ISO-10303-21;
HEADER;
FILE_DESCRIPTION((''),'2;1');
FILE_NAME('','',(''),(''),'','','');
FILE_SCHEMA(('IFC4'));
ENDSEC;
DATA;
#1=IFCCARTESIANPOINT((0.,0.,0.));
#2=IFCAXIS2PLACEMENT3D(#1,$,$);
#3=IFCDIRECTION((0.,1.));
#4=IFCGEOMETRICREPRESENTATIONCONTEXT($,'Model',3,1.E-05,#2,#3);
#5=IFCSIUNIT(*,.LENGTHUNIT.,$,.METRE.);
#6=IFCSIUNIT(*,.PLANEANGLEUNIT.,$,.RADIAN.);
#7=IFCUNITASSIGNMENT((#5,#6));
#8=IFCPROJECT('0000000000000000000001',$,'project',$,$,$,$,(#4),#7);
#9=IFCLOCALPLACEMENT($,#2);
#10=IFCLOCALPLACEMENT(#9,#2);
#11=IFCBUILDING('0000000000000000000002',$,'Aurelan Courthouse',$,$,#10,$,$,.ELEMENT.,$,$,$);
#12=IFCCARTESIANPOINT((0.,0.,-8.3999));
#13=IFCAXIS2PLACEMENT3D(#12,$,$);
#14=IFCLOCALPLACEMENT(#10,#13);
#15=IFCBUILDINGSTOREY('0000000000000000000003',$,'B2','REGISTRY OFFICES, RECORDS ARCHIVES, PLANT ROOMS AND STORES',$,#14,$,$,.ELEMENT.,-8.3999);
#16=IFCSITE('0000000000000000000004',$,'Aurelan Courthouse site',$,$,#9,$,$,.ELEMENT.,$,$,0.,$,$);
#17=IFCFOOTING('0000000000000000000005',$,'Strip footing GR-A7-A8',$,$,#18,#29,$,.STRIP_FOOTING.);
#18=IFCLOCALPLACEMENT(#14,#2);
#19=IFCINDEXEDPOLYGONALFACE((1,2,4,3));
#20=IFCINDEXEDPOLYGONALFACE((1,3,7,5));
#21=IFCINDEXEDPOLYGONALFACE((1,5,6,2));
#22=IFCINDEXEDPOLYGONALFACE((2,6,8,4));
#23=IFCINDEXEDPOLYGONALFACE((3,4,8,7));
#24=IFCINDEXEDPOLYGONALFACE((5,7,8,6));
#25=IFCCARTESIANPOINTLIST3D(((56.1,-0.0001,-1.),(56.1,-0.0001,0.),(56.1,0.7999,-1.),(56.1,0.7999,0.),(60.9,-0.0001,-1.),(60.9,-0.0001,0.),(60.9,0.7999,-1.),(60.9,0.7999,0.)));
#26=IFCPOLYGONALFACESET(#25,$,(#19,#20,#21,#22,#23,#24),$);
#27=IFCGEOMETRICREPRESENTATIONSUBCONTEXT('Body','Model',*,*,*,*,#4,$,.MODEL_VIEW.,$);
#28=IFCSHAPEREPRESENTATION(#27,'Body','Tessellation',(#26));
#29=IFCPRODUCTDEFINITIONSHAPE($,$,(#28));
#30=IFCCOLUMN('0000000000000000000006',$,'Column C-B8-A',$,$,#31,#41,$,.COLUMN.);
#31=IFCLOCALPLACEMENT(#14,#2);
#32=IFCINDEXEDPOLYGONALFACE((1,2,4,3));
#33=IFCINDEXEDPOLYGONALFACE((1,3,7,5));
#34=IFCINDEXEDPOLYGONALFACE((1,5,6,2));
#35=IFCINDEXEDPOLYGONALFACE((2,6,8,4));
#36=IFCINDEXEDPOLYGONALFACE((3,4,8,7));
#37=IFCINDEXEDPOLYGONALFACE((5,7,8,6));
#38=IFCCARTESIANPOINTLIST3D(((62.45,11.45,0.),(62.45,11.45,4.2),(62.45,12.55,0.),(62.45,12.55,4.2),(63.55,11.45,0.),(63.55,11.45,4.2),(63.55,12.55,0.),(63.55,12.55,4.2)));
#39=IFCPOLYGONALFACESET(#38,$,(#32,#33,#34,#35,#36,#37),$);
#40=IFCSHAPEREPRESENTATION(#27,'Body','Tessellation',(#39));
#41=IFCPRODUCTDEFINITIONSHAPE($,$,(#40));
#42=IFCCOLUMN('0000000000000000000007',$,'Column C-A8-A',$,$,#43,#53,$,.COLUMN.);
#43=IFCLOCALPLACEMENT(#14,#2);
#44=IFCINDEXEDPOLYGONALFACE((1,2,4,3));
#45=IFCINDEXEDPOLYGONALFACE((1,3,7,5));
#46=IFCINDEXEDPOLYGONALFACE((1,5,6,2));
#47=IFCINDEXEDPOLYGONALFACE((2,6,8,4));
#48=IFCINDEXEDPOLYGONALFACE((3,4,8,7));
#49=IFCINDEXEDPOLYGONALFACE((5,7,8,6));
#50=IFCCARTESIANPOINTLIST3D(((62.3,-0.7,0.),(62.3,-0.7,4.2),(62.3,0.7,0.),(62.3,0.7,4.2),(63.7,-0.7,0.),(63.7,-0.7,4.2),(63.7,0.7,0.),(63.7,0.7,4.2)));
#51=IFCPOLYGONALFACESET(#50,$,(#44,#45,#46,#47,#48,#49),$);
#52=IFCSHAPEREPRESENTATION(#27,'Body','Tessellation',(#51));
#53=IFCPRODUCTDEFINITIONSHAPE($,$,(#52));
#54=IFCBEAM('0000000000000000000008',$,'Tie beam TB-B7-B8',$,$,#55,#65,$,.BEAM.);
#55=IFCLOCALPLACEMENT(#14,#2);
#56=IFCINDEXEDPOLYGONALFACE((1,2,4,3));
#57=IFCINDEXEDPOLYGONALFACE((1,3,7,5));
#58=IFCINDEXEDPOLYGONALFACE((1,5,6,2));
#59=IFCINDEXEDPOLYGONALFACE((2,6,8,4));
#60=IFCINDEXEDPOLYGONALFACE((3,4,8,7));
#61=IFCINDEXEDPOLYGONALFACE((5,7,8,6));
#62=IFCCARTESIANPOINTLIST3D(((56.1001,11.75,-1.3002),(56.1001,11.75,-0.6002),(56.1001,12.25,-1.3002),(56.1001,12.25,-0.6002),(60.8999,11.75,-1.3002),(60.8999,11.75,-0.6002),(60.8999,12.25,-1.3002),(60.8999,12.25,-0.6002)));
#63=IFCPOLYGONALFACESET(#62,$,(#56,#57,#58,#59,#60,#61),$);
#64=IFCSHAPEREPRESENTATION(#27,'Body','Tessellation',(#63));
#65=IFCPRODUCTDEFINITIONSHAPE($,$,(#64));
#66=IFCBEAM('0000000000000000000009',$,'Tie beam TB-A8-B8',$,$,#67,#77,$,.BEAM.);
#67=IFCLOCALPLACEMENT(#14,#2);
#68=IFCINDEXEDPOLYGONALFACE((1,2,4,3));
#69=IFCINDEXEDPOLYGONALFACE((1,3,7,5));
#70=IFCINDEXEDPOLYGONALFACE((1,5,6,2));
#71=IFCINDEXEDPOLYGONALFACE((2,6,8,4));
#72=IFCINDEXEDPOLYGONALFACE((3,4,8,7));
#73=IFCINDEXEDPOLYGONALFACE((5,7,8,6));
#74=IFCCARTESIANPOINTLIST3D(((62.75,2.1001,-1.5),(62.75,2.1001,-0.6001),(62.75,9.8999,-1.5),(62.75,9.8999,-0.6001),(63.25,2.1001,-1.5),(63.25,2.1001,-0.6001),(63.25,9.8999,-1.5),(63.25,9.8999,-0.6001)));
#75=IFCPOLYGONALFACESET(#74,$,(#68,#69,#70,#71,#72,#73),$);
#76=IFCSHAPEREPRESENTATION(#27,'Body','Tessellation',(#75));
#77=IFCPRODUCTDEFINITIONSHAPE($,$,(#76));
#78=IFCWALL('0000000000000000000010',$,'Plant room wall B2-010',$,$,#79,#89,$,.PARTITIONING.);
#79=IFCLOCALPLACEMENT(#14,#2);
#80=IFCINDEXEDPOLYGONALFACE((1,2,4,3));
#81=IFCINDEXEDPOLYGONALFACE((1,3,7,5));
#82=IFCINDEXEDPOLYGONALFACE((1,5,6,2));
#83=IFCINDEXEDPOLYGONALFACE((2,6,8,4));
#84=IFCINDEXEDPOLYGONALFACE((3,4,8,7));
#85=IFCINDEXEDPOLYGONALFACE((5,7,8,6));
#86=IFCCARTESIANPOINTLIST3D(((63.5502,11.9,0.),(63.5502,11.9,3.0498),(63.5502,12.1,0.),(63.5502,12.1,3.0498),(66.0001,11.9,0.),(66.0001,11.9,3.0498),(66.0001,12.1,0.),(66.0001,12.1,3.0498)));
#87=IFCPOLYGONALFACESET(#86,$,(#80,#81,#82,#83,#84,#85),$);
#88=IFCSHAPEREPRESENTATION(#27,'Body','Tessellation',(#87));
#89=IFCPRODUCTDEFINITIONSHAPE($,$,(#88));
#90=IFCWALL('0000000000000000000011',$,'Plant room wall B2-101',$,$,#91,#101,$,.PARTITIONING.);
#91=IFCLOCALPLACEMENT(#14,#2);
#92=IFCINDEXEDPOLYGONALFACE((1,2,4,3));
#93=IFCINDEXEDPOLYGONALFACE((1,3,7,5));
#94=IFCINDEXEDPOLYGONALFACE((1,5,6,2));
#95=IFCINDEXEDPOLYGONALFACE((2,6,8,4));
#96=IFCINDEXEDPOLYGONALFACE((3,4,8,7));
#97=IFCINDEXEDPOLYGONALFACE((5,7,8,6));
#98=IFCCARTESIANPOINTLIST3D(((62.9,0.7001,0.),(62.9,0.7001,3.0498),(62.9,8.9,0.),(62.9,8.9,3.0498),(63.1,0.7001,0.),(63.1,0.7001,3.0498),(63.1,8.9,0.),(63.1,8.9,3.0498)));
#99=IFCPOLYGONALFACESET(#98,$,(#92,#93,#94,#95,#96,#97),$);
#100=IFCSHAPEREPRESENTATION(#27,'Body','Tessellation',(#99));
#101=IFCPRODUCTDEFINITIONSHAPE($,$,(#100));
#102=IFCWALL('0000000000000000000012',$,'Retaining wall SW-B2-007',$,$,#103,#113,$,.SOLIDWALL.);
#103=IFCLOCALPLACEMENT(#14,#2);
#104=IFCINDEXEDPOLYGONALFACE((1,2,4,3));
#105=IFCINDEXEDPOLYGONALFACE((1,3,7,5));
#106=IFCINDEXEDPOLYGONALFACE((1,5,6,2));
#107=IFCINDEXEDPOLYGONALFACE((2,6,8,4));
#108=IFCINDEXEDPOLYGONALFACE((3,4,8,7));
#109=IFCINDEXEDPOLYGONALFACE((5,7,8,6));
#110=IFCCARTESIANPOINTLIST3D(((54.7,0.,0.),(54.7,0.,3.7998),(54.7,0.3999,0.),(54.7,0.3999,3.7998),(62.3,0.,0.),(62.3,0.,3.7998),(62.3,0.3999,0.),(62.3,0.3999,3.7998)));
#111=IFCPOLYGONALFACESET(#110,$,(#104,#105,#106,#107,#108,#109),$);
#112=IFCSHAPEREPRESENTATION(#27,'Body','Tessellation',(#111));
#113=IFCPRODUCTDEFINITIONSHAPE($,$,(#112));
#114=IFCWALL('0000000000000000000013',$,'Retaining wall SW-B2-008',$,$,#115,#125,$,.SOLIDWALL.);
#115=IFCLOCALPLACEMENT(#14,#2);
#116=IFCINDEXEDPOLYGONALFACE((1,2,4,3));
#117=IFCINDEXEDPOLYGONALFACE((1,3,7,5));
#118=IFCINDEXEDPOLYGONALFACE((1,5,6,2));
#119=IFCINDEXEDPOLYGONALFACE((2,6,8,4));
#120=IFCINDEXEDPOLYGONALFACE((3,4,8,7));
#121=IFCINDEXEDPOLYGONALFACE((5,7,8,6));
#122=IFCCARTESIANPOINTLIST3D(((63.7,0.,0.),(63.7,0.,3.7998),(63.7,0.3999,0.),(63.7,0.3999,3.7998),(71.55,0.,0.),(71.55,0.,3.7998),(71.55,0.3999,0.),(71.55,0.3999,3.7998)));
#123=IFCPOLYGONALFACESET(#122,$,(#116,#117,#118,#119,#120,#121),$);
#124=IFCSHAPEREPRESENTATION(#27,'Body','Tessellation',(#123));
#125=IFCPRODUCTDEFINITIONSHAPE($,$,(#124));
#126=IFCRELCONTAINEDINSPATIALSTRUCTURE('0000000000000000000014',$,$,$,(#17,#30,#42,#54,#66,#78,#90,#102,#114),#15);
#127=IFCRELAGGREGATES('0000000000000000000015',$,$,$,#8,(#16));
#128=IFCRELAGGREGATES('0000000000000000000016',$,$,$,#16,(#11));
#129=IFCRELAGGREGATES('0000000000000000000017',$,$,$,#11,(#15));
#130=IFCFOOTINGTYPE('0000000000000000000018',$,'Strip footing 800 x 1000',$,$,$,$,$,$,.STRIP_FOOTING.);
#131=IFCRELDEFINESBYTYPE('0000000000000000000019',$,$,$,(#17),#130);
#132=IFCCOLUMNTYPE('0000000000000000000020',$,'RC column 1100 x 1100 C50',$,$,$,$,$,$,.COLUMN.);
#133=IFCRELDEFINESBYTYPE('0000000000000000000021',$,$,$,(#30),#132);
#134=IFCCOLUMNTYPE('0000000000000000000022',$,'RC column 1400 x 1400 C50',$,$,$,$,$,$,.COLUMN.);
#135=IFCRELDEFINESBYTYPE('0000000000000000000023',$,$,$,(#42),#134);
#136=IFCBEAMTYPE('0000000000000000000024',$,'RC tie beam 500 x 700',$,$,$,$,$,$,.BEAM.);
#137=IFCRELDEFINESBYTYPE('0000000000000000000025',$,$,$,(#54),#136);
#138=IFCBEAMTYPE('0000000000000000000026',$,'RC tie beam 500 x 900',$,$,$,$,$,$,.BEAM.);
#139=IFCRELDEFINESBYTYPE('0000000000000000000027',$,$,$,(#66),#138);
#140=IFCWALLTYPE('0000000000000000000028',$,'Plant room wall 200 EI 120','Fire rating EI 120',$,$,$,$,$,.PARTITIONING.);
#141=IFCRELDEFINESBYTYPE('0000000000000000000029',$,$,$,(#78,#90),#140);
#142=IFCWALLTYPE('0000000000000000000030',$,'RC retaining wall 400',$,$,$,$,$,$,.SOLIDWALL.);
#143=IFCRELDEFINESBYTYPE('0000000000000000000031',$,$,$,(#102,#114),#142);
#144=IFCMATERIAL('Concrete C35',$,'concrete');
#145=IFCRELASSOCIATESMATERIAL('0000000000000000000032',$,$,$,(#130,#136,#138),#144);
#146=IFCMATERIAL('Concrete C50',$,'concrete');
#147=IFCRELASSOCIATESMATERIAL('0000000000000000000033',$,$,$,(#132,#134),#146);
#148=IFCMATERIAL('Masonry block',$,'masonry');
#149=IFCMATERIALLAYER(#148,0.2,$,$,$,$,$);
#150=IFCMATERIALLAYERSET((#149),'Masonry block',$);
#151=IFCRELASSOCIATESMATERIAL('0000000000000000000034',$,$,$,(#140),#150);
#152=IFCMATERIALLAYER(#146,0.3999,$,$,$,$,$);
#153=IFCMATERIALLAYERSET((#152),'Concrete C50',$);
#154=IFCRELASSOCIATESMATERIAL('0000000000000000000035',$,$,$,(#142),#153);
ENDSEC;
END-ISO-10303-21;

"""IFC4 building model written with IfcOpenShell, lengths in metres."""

from ifc_helpers import new_model, si_unit, direction, frame, frame_2d, origin, origin_2d, place, context, subcontext, project, spatial, rectangle, extrude, material, layer, layer_set, material_profile, profile_set, type_object, element, save


model = new_model("IFC4")

# Units and contexts
model_context = context("Model", 3, precision=1e-05, world=origin(), true_north=direction((0.0, 1.0)))
body_context = subcontext(model_context, "Body", "Model", "MODEL_VIEW")
ifc_project = project(units=[si_unit("LENGTHUNIT", "METRE"), si_unit("PLANEANGLEUNIT", "RADIAN")], contexts=[model_context])

# Site, building, storey
site_placement = place(None, origin())
site = spatial("IfcSite", under=ifc_project, at=site_placement, Name="Aurelan Courthouse site", CompositionType="ELEMENT", RefElevation=0.0)
building_placement = place(site_placement, origin())
building = spatial("IfcBuilding", under=site, at=building_placement, Name="Aurelan Courthouse", CompositionType="ELEMENT")
storey_placement = place(building_placement, frame((0.0, 0.0, -8.3999)))
storey = spatial("IfcBuildingStorey", under=building, at=storey_placement, Name="B2", Description="REGISTRY OFFICES, RECORDS ARCHIVES, PLANT ROOMS AND STORES", CompositionType="ELEMENT", Elevation=-8.3999)

# Shared definitions
ifc_material_1 = material(Name="Concrete C35", Category="concrete")

# Footing
footing_type_1 = type_object("IfcFootingType", Name="Strip footing 800 x 1000", PredefinedType="STRIP_FOOTING", material=ifc_material_1)
footing_placement = place(storey_placement, frame((58.5, 0.3999, -1.0), z_axis=(0.0, 0.0, 1.0), x_axis=(1.0, 0.0, 0.0)))
element("IfcFooting", 1, at=footing_placement, inside=storey, type_object=footing_type_1, Name="Strip footing GR-A7-A8", PredefinedType="STRIP_FOOTING", context=body_context, shape_type="SweptSolid", body=[
    extrude(rectangle(XDim=4.8, YDim=0.8, at=origin_2d()), origin(), (0.0, 0.0, 1.0), 1.0),
])

# Columns
ifc_material_2 = material(Name="Concrete C50", Category="concrete")
ifc_material_profile_1 = material_profile(ifc_material_2, rectangle(XDim=1.1001, YDim=1.1001, at=origin_2d()), Name="RC 1100 x 1100")
ifc_profile_set_1 = profile_set([ifc_material_profile_1], Name="Concrete C50")
column_type_1 = type_object("IfcColumnType", Name="RC column 1100 x 1100 C50", PredefinedType="COLUMN", material=ifc_profile_set_1)
column_1_placement = place(storey_placement, frame((63.0, 12.0, 0.0), z_axis=(0.0, 0.0, 1.0), x_axis=(1.0, 0.0, 0.0)))
element("IfcColumn", 2, at=column_1_placement, inside=storey, type_object=column_type_1, Name="Column C-B8-A", PredefinedType="COLUMN", context=body_context, shape_type="SweptSolid", body=[
    extrude(rectangle(XDim=1.1001, YDim=1.1001, at=origin_2d()), origin(), (0.0, 0.0, 1.0), 4.2),
])
ifc_material_profile_2 = material_profile(ifc_material_2, rectangle(XDim=1.3999, YDim=1.3999, at=origin_2d()), Name="RC 1400 x 1400")
ifc_profile_set_2 = profile_set([ifc_material_profile_2], Name="Concrete C50")
column_type_2 = type_object("IfcColumnType", Name="RC column 1400 x 1400 C50", PredefinedType="COLUMN", material=ifc_profile_set_2)
column_2_placement = place(storey_placement, frame((63.0, 0.0, 0.0), z_axis=(0.0, 0.0, 1.0), x_axis=(1.0, 0.0, 0.0)))
element("IfcColumn", 3, at=column_2_placement, inside=storey, type_object=column_type_2, Name="Column C-A8-A", PredefinedType="COLUMN", context=body_context, shape_type="SweptSolid", body=[
    extrude(rectangle(XDim=1.3999, YDim=1.3999, at=origin_2d()), origin(), (0.0, 0.0, 1.0), 4.2),
])

# Beams
ifc_material_profile_3 = material_profile(ifc_material_1, rectangle(XDim=0.5, YDim=0.7, at=origin_2d()), Name="RC 500 x 700")
ifc_profile_set_3 = profile_set([ifc_material_profile_3], Name="Concrete C35")
beam_type_1 = type_object("IfcBeamType", Name="RC tie beam 500 x 700", PredefinedType="BEAM", material=ifc_profile_set_3)
beam_1_placement = place(storey_placement, frame((56.1001, 12.0, -0.9502), z_axis=(1.0, 0.0, 0.0), x_axis=(0.0, 1.0, 0.0)))
element("IfcBeam", 4, at=beam_1_placement, inside=storey, type_object=beam_type_1, Name="Tie beam TB-B7-B8", PredefinedType="BEAM", context=body_context, shape_type="SweptSolid", body=[
    extrude(rectangle(XDim=0.5, YDim=0.7, at=origin_2d()), origin(), (0.0, 0.0, 1.0), 4.7998),
])
ifc_material_profile_4 = material_profile(ifc_material_1, rectangle(XDim=0.5, YDim=0.8999, at=origin_2d()), Name="RC 500 x 900")
ifc_profile_set_4 = profile_set([ifc_material_profile_4], Name="Concrete C35")
beam_type_2 = type_object("IfcBeamType", Name="RC tie beam 500 x 900", PredefinedType="BEAM", material=ifc_profile_set_4)
beam_2_placement = place(storey_placement, frame((63.0, 2.1001, -1.05), z_axis=(0.0, 1.0, 0.0), x_axis=(-1.0, 0.0, 0.0)))
element("IfcBeam", 5, at=beam_2_placement, inside=storey, type_object=beam_type_2, Name="Tie beam TB-A8-B8", PredefinedType="BEAM", context=body_context, shape_type="SweptSolid", body=[
    extrude(rectangle(XDim=0.5, YDim=0.8999, at=origin_2d()), origin(), (0.0, 0.0, 1.0), 7.7998),
])

# Shared definitions
ifc_material_3 = material(Name="Masonry block", Category="masonry")
ifc_layer_1 = layer(ifc_material_3, 0.2)
ifc_layer_set_1 = layer_set([ifc_layer_1], Name="Masonry block")
wall_type_1 = type_object("IfcWallType", Name="Plant room wall 200 EI 120", Description="Fire rating EI 120", PredefinedType="PARTITIONING", material=ifc_layer_set_1)

# Walls
wall_1_placement = place(storey_placement, frame((63.55, 12.0, 0.0), z_axis=(0.0, 0.0, 1.0), x_axis=(1.0, 0.0, 0.0)))
element("IfcWall", 6, at=wall_1_placement, inside=storey, type_object=wall_type_1, Name="Plant room wall B2-010", PredefinedType="PARTITIONING", context=body_context, shape_type="SweptSolid", body=[
    extrude(rectangle(XDim=2.45, YDim=0.2, at=frame_2d((1.2251, 0.0))), origin(), (0.0, 0.0, 1.0), 3.0498),
])
wall_2_placement = place(storey_placement, frame((63.0, 0.7, 0.0), z_axis=(0.0, 0.0, 1.0), x_axis=(0.0, 1.0, 0.0)))
element("IfcWall", 7, at=wall_2_placement, inside=storey, type_object=wall_type_1, Name="Plant room wall B2-101", PredefinedType="PARTITIONING", context=body_context, shape_type="SweptSolid", body=[
    extrude(rectangle(XDim=8.2, YDim=0.2, at=frame_2d((4.1001, 0.0))), origin(), (0.0, 0.0, 1.0), 3.0498),
])
ifc_layer_2 = layer(ifc_material_2, 0.3999)
ifc_layer_set_2 = layer_set([ifc_layer_2], Name="Concrete C50")
wall_type_2 = type_object("IfcWallType", Name="RC retaining wall 400", PredefinedType="SOLIDWALL", material=ifc_layer_set_2)
wall_3_placement = place(storey_placement, frame((54.7, 0.2, 0.0), z_axis=(0.0, 0.0, 1.0), x_axis=(1.0, 0.0, 0.0)))
element("IfcWall", 8, at=wall_3_placement, inside=storey, type_object=wall_type_2, Name="Retaining wall SW-B2-007", PredefinedType="SOLIDWALL", context=body_context, shape_type="SweptSolid", body=[
    extrude(rectangle(XDim=7.6001, YDim=0.3999, at=frame_2d((3.8, 0.0))), origin(), (0.0, 0.0, 1.0), 3.7998),
])
wall_4_placement = place(storey_placement, frame((63.7, 0.2, 0.0), z_axis=(0.0, 0.0, 1.0), x_axis=(1.0, 0.0, 0.0)))
element("IfcWall", 9, at=wall_4_placement, inside=storey, type_object=wall_type_2, Name="Retaining wall SW-B2-008", PredefinedType="SOLIDWALL", context=body_context, shape_type="SweptSolid", body=[
    extrude(rectangle(XDim=7.8501, YDim=0.3999, at=frame_2d((3.925, 0.0))), origin(), (0.0, 0.0, 1.0), 3.7998),
])

save(model, "model.ifc")
